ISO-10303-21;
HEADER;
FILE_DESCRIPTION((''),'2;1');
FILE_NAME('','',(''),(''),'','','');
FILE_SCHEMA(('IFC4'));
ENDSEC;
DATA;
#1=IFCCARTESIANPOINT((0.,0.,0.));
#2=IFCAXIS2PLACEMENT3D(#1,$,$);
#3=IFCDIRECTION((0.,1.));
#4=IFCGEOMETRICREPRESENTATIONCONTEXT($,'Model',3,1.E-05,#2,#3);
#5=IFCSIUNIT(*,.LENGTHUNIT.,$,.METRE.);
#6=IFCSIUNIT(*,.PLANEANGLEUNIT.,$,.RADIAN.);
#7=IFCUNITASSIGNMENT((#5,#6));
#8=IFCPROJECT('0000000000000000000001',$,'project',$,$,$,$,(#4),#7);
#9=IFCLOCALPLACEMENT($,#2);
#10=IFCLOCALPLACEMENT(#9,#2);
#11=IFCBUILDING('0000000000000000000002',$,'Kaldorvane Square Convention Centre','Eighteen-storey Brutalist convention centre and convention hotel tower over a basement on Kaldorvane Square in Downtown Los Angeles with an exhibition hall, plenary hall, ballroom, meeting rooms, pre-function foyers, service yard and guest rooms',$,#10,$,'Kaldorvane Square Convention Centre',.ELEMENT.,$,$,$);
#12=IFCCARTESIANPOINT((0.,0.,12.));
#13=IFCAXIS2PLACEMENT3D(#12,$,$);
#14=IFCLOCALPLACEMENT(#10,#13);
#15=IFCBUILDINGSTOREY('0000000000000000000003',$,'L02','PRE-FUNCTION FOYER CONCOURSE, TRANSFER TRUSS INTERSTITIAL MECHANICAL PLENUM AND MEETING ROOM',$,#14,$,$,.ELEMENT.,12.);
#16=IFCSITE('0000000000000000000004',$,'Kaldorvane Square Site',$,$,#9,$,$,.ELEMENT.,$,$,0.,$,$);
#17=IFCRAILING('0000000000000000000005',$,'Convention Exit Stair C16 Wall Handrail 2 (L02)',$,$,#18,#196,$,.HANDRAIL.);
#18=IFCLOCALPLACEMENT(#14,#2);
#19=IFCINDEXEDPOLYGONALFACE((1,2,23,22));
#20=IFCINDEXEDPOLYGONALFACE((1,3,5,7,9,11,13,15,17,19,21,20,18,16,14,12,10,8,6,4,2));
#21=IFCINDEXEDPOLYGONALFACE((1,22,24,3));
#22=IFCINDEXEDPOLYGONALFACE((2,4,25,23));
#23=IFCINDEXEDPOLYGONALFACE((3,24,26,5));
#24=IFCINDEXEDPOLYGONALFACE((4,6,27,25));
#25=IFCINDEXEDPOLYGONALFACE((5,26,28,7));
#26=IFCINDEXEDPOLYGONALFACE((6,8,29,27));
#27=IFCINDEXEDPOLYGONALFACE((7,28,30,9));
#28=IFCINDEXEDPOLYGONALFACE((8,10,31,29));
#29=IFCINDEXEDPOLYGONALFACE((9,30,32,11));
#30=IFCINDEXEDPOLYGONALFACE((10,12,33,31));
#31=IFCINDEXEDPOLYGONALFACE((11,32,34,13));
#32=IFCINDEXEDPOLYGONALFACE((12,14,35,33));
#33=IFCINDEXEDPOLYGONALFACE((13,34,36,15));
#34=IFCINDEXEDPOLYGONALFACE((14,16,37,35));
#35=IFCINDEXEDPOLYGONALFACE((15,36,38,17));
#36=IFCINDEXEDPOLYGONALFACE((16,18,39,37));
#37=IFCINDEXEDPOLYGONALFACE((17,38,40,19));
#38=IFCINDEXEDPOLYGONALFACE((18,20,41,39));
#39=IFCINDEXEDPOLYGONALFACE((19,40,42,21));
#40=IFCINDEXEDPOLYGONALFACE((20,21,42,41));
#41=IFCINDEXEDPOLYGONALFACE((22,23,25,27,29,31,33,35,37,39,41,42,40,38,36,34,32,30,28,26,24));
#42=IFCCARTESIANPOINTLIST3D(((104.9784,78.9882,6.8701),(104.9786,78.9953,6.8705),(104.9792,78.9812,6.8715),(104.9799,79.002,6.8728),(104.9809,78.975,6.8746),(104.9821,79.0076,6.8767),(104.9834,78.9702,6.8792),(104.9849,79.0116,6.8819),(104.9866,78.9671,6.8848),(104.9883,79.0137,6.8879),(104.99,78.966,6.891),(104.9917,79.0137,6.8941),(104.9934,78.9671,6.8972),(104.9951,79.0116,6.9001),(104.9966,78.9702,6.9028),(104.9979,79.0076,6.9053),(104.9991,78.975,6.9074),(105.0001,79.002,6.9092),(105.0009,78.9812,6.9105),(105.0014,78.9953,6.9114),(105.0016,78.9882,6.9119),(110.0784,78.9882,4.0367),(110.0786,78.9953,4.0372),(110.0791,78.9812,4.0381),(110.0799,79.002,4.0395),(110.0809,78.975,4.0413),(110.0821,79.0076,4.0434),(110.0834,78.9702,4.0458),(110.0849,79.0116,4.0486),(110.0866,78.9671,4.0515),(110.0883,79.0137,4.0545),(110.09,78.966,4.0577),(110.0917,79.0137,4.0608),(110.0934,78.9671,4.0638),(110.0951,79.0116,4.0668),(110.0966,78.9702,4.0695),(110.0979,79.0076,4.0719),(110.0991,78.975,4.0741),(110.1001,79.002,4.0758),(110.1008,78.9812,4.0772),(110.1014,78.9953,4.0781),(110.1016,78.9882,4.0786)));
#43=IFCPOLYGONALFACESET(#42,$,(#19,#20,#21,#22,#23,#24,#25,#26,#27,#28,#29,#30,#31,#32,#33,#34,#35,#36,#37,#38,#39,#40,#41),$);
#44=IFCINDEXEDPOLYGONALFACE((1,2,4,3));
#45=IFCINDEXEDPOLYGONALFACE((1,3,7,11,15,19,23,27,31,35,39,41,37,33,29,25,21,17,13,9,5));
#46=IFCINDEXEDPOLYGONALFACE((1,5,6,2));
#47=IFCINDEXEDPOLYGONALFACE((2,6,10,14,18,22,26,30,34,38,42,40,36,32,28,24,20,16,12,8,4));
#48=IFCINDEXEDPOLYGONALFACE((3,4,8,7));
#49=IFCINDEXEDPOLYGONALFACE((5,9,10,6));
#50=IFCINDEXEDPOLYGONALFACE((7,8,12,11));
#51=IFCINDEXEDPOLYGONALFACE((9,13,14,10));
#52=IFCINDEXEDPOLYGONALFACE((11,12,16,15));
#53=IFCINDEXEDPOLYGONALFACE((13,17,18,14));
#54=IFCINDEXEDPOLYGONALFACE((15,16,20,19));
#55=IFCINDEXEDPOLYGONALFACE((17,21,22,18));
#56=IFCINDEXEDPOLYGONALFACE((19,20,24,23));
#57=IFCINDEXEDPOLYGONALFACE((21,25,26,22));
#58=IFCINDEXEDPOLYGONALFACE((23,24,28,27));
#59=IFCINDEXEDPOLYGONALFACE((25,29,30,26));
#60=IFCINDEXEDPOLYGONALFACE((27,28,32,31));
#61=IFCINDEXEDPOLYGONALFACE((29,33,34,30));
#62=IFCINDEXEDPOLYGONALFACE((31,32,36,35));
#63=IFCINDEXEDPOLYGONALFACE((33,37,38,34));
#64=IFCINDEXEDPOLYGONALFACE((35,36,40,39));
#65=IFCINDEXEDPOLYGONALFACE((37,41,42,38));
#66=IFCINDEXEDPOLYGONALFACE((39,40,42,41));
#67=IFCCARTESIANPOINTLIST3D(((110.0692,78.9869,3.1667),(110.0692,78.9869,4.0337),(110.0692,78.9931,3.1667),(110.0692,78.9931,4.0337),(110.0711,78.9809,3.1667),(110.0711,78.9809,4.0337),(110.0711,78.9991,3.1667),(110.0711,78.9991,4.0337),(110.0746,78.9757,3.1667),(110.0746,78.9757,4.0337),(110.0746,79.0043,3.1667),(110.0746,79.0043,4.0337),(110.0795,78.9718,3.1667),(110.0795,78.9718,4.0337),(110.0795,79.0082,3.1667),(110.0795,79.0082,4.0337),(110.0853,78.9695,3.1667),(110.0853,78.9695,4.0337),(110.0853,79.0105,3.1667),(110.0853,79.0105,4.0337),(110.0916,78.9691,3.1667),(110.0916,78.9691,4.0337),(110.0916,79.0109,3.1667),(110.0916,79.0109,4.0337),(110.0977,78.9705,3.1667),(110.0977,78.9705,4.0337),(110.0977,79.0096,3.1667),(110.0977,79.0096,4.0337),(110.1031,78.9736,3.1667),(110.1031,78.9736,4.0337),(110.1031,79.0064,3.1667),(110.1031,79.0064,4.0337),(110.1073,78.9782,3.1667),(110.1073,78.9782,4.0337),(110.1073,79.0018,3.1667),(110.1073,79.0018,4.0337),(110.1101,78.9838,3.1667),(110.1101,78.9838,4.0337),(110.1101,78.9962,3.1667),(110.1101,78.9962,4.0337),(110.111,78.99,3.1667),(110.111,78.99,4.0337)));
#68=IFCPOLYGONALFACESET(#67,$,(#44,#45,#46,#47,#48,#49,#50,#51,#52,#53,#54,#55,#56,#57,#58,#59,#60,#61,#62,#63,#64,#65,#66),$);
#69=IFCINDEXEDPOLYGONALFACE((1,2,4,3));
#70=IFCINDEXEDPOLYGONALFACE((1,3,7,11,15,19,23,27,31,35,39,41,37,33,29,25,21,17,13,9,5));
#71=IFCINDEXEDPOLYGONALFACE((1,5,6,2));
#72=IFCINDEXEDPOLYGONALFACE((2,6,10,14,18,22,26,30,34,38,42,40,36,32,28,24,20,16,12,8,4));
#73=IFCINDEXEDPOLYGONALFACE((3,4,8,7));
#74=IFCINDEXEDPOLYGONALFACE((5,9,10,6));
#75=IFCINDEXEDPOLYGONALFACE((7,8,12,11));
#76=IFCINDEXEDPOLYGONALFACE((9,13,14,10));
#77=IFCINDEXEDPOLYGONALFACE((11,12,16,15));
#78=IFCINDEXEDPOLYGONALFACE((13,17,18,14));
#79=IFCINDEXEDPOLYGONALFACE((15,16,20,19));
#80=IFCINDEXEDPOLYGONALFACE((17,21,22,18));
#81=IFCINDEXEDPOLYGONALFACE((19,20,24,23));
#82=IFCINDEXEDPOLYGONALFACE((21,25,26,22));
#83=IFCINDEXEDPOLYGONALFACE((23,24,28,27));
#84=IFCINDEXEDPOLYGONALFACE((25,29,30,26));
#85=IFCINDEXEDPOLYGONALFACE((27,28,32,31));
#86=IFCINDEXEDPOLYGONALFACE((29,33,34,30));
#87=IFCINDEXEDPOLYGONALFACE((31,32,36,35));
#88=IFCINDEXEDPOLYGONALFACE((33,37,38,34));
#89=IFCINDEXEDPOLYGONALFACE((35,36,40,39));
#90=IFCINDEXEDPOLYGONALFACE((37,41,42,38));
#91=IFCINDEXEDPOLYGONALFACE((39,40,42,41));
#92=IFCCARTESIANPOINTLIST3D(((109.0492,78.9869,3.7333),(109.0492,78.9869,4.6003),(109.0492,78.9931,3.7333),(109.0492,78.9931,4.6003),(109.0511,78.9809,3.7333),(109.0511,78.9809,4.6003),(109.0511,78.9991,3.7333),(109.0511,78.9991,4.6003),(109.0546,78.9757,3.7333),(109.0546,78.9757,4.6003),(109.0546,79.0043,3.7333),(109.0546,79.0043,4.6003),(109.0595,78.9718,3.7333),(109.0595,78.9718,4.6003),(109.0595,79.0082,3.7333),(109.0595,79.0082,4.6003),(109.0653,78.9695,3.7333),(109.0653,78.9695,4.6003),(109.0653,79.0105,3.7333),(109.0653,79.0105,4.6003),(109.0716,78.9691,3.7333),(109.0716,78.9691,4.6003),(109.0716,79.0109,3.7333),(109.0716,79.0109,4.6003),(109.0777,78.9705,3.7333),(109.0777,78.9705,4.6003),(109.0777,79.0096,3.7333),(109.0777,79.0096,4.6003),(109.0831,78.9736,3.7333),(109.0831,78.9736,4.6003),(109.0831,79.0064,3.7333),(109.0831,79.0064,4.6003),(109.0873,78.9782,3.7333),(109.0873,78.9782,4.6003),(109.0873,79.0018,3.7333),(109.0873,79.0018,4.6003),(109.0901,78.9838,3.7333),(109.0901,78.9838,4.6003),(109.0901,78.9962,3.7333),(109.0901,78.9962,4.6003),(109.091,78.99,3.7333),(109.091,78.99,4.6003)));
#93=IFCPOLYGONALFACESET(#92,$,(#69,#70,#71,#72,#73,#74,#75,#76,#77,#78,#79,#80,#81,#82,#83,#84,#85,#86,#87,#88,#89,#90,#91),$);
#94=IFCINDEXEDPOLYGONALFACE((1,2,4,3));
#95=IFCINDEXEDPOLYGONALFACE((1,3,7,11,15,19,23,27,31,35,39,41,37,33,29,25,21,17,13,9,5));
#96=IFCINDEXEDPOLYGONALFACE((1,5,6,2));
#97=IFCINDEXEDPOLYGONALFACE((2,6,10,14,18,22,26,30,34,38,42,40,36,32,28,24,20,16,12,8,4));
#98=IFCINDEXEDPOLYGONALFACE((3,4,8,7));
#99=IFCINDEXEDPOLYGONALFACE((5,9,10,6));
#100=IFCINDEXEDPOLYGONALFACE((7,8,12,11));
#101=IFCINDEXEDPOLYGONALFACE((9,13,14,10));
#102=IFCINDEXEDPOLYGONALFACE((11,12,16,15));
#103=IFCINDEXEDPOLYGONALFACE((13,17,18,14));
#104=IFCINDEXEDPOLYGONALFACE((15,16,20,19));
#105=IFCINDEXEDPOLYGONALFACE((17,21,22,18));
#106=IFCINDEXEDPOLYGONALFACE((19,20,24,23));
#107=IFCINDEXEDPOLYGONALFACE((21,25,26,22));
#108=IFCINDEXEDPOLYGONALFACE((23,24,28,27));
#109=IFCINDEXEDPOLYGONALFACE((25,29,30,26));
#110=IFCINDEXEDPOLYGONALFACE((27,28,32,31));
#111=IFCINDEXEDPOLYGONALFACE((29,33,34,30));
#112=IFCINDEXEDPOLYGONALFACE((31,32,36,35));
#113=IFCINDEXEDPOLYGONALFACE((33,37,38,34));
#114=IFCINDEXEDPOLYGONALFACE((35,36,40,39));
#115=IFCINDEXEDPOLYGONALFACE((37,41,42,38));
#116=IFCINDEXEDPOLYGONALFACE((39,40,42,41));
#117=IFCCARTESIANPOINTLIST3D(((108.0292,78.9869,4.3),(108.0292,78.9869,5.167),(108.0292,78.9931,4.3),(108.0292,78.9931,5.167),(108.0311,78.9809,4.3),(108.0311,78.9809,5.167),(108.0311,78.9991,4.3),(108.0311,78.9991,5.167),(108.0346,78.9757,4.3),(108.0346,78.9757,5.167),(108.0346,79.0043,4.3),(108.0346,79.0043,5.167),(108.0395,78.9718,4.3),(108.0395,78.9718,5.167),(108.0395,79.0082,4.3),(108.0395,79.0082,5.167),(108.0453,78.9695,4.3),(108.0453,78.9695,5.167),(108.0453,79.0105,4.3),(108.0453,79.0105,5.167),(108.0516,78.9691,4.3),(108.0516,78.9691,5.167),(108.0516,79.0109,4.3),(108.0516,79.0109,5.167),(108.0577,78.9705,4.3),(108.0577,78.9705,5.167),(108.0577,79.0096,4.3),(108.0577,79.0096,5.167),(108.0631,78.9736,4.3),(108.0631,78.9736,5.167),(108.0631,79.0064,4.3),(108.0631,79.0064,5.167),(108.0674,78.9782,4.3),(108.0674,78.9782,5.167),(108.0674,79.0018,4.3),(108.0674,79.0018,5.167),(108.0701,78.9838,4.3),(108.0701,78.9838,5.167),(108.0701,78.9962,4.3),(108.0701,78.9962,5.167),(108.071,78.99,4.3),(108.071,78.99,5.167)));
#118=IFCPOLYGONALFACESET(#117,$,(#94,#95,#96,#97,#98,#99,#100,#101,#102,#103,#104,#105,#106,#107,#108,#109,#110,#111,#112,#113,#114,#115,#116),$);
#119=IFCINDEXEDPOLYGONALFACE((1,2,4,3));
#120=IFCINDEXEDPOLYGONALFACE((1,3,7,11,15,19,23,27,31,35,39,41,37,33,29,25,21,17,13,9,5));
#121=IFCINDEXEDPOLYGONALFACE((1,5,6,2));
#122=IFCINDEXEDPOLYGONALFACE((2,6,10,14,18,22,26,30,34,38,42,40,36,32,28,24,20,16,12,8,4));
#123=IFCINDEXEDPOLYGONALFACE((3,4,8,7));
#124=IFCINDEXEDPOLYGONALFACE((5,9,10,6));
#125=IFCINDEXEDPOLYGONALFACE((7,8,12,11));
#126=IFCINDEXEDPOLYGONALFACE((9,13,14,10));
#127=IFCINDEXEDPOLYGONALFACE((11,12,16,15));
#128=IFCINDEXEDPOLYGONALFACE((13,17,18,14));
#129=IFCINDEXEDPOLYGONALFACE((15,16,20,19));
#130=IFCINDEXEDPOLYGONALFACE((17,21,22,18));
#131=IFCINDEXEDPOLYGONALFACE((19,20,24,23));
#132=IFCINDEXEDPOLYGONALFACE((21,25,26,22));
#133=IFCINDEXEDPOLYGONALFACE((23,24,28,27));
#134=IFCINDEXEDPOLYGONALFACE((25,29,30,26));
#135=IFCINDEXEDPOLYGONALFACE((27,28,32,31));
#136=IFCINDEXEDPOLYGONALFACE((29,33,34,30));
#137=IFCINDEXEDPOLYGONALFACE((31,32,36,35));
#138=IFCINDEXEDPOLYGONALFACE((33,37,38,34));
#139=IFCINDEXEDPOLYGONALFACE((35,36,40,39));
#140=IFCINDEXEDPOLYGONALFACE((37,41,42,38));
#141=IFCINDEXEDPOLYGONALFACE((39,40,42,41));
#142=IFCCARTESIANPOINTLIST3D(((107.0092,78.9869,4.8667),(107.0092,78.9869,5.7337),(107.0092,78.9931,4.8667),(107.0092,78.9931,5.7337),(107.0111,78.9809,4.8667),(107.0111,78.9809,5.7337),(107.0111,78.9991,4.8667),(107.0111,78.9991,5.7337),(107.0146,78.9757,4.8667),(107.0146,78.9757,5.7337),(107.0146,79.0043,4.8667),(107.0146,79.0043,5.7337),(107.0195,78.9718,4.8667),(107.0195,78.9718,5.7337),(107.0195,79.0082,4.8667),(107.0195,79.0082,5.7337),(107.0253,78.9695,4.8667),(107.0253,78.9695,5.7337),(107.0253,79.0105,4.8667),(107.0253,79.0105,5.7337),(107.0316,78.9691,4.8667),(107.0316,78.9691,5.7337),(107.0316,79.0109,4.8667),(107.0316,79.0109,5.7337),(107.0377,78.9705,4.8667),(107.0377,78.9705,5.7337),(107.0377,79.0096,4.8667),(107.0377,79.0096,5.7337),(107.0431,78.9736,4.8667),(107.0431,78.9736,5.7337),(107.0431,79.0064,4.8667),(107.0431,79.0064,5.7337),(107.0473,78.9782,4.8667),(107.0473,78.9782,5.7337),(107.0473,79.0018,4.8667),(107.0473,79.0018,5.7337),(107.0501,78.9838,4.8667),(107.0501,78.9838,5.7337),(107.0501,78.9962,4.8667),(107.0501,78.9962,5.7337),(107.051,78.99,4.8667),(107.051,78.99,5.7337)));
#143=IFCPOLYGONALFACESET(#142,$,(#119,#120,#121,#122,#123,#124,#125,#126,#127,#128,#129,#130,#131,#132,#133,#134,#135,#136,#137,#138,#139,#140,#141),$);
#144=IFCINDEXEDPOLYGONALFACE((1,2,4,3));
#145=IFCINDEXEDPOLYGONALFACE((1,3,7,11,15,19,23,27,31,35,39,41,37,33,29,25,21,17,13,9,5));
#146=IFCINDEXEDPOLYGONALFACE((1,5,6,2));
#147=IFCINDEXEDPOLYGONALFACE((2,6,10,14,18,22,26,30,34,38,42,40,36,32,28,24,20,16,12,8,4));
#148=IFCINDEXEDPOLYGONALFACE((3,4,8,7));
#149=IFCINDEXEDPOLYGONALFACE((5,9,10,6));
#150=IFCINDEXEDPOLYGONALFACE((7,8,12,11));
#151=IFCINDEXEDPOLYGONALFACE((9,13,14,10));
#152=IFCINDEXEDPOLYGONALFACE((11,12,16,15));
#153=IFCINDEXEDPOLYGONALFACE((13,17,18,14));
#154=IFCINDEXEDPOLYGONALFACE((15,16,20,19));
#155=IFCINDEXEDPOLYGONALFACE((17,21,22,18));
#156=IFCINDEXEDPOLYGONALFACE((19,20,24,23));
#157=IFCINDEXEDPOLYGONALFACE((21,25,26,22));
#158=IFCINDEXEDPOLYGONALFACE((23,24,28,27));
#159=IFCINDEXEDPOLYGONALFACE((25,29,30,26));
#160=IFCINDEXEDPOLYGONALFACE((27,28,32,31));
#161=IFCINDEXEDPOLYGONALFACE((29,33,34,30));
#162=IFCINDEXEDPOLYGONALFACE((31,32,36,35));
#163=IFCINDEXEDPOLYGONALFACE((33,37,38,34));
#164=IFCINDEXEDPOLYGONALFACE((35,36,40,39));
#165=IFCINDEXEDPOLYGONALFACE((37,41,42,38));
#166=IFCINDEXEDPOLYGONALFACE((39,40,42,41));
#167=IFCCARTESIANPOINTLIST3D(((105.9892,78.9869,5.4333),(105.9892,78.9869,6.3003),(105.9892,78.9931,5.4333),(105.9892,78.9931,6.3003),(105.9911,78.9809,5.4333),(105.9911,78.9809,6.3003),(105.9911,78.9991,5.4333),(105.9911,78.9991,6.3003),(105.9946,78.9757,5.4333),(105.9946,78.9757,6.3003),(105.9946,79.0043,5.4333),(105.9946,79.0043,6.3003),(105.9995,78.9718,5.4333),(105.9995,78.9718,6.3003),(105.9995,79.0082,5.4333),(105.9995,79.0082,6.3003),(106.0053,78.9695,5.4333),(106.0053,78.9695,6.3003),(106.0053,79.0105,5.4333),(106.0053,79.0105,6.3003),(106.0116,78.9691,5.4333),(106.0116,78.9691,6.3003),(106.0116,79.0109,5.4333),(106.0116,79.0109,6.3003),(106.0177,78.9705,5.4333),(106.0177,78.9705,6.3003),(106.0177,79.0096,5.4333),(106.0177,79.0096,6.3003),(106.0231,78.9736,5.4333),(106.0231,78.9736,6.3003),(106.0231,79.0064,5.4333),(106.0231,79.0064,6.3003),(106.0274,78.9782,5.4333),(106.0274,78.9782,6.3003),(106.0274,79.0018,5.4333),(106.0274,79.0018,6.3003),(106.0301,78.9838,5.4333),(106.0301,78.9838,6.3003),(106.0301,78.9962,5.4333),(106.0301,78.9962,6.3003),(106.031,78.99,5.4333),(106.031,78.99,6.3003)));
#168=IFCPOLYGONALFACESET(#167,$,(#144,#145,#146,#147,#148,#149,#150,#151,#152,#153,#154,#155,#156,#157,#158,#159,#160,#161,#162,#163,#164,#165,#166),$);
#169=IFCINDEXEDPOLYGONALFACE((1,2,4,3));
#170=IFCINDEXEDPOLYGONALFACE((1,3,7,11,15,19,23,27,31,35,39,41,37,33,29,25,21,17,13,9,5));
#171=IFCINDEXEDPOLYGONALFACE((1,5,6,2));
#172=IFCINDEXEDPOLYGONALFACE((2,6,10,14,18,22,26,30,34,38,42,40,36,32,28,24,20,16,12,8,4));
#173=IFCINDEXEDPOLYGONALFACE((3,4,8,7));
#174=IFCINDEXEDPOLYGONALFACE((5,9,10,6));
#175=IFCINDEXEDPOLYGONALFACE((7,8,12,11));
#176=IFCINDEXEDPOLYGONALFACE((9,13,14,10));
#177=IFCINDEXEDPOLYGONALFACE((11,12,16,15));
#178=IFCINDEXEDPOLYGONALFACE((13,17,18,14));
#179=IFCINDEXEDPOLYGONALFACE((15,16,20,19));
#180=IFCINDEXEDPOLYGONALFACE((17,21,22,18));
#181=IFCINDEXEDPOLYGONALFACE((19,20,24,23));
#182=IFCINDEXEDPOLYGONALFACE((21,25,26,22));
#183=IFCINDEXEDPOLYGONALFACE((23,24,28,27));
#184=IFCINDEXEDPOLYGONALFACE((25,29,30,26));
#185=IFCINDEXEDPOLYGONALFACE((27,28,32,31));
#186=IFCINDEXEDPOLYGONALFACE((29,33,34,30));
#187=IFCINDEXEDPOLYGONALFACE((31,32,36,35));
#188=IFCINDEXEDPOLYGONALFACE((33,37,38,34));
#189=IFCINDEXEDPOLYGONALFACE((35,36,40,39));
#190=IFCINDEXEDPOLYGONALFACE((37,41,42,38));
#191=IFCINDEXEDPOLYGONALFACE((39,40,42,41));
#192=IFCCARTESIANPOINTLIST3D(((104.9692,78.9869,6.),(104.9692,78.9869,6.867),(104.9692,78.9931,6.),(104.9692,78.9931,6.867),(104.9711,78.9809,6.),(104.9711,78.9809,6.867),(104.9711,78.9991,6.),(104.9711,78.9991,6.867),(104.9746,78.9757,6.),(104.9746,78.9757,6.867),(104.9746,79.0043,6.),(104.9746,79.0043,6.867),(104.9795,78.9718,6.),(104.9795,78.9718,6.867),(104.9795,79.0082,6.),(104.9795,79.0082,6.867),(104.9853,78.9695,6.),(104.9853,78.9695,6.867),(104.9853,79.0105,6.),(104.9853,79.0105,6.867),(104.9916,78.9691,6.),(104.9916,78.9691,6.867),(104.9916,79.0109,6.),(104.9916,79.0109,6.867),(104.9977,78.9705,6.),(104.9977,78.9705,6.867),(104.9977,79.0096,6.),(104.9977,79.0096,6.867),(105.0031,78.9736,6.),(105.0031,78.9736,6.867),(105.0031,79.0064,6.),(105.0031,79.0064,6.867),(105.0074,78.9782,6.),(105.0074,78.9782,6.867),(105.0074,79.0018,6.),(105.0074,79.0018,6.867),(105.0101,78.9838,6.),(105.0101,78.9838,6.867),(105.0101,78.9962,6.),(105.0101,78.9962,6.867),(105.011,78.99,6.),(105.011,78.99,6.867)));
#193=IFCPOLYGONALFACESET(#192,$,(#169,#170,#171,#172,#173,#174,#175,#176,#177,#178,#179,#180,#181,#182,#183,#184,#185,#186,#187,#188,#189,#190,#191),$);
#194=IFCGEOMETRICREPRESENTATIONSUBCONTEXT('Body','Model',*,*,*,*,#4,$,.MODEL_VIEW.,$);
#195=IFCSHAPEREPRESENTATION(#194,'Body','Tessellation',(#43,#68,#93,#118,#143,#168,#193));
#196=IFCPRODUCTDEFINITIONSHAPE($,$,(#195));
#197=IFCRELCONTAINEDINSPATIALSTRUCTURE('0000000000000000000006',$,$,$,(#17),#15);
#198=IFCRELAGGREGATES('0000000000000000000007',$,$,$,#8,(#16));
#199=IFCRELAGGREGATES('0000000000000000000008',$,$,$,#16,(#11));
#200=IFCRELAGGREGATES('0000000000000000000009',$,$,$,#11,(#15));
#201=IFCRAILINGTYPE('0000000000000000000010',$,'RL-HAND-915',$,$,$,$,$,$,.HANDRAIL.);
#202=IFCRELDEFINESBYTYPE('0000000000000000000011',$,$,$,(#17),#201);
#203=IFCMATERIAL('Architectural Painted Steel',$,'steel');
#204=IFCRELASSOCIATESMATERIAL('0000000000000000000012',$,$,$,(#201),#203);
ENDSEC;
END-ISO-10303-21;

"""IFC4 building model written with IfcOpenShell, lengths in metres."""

from ifc_helpers import new_model, si_unit, direction, frame, origin, origin_2d, place, context, subcontext, project, spatial, circle, extrude, material, type_object, element, save


model = new_model("IFC4")

# Units and contexts
model_context = context("Model", 3, precision=1e-05, world=origin(), true_north=direction((0.0, 1.0)))
body_context = subcontext(model_context, "Body", "Model", "MODEL_VIEW")
ifc_project = project(units=[si_unit("LENGTHUNIT", "METRE"), si_unit("PLANEANGLEUNIT", "RADIAN")], contexts=[model_context])

# Site, building, storey
site_placement = place(None, origin())
site = spatial("IfcSite", under=ifc_project, at=site_placement, Name="Kaldorvane Square Site", CompositionType="ELEMENT", RefElevation=0.0)
building_placement = place(site_placement, origin())
building = spatial("IfcBuilding", under=site, at=building_placement, Name="Kaldorvane Square Convention Centre", Description="Eighteen-storey Brutalist convention centre and convention hotel tower over a basement on Kaldorvane Square in Downtown Los Angeles with an exhibition hall, plenary hall, ballroom, meeting rooms, pre-function foyers, service yard and guest rooms", LongName="Kaldorvane Square Convention Centre", CompositionType="ELEMENT")
storey_placement = place(building_placement, frame((0.0, 0.0, 12.0)))
storey = spatial("IfcBuildingStorey", under=building, at=storey_placement, Name="L02", Description="PRE-FUNCTION FOYER CONCOURSE, TRANSFER TRUSS INTERSTITIAL MECHANICAL PLENUM AND MEETING ROOM", CompositionType="ELEMENT", Elevation=12.0)

# Railing
ifc_material_1 = material(Name="Architectural Painted Steel", Category="steel")
railing_type_1 = type_object("IfcRailingType", Name="RL-HAND-915", PredefinedType="HANDRAIL", material=ifc_material_1)
railing_1_placement = place(storey_placement, frame((110.09, 78.99, 3.1667)))
element("IfcRailing", 1, at=railing_1_placement, inside=storey, type_object=railing_type_1, Name="Convention Exit Stair C16 Wall Handrail 2 (L02)", PredefinedType="HANDRAIL", context=body_context, shape_type="SweptSolid", body=[
    extrude(circle(Radius=0.024, at=origin_2d()), frame((0.0, 0.0, 0.891), z_axis=(-0.874157, 0.0, 0.485643), x_axis=(0.0, -1.0, 0.0)), (0.0, 0.0, 1.0), 5.8342),
    extrude(circle(Radius=0.021, at=origin_2d()), origin(), (0.0, 0.0, 1.0), 0.867),
    extrude(circle(Radius=0.021, at=origin_2d()), frame((-1.02, 0.0, 0.5667)), (0.0, 0.0, 1.0), 0.867),
    extrude(circle(Radius=0.021, at=origin_2d()), frame((-2.04, 0.0, 1.1333)), (0.0, 0.0, 1.0), 0.867),
    extrude(circle(Radius=0.021, at=origin_2d()), frame((-3.06, 0.0, 1.7)), (0.0, 0.0, 1.0), 0.867),
    extrude(circle(Radius=0.021, at=origin_2d()), frame((-4.08, 0.0, 2.2667)), (0.0, 0.0, 1.0), 0.867),
    extrude(circle(Radius=0.021, at=origin_2d()), frame((-5.1, 0.0, 2.8333)), (0.0, 0.0, 1.0), 0.867),
])

save(model, "model.ifc")
